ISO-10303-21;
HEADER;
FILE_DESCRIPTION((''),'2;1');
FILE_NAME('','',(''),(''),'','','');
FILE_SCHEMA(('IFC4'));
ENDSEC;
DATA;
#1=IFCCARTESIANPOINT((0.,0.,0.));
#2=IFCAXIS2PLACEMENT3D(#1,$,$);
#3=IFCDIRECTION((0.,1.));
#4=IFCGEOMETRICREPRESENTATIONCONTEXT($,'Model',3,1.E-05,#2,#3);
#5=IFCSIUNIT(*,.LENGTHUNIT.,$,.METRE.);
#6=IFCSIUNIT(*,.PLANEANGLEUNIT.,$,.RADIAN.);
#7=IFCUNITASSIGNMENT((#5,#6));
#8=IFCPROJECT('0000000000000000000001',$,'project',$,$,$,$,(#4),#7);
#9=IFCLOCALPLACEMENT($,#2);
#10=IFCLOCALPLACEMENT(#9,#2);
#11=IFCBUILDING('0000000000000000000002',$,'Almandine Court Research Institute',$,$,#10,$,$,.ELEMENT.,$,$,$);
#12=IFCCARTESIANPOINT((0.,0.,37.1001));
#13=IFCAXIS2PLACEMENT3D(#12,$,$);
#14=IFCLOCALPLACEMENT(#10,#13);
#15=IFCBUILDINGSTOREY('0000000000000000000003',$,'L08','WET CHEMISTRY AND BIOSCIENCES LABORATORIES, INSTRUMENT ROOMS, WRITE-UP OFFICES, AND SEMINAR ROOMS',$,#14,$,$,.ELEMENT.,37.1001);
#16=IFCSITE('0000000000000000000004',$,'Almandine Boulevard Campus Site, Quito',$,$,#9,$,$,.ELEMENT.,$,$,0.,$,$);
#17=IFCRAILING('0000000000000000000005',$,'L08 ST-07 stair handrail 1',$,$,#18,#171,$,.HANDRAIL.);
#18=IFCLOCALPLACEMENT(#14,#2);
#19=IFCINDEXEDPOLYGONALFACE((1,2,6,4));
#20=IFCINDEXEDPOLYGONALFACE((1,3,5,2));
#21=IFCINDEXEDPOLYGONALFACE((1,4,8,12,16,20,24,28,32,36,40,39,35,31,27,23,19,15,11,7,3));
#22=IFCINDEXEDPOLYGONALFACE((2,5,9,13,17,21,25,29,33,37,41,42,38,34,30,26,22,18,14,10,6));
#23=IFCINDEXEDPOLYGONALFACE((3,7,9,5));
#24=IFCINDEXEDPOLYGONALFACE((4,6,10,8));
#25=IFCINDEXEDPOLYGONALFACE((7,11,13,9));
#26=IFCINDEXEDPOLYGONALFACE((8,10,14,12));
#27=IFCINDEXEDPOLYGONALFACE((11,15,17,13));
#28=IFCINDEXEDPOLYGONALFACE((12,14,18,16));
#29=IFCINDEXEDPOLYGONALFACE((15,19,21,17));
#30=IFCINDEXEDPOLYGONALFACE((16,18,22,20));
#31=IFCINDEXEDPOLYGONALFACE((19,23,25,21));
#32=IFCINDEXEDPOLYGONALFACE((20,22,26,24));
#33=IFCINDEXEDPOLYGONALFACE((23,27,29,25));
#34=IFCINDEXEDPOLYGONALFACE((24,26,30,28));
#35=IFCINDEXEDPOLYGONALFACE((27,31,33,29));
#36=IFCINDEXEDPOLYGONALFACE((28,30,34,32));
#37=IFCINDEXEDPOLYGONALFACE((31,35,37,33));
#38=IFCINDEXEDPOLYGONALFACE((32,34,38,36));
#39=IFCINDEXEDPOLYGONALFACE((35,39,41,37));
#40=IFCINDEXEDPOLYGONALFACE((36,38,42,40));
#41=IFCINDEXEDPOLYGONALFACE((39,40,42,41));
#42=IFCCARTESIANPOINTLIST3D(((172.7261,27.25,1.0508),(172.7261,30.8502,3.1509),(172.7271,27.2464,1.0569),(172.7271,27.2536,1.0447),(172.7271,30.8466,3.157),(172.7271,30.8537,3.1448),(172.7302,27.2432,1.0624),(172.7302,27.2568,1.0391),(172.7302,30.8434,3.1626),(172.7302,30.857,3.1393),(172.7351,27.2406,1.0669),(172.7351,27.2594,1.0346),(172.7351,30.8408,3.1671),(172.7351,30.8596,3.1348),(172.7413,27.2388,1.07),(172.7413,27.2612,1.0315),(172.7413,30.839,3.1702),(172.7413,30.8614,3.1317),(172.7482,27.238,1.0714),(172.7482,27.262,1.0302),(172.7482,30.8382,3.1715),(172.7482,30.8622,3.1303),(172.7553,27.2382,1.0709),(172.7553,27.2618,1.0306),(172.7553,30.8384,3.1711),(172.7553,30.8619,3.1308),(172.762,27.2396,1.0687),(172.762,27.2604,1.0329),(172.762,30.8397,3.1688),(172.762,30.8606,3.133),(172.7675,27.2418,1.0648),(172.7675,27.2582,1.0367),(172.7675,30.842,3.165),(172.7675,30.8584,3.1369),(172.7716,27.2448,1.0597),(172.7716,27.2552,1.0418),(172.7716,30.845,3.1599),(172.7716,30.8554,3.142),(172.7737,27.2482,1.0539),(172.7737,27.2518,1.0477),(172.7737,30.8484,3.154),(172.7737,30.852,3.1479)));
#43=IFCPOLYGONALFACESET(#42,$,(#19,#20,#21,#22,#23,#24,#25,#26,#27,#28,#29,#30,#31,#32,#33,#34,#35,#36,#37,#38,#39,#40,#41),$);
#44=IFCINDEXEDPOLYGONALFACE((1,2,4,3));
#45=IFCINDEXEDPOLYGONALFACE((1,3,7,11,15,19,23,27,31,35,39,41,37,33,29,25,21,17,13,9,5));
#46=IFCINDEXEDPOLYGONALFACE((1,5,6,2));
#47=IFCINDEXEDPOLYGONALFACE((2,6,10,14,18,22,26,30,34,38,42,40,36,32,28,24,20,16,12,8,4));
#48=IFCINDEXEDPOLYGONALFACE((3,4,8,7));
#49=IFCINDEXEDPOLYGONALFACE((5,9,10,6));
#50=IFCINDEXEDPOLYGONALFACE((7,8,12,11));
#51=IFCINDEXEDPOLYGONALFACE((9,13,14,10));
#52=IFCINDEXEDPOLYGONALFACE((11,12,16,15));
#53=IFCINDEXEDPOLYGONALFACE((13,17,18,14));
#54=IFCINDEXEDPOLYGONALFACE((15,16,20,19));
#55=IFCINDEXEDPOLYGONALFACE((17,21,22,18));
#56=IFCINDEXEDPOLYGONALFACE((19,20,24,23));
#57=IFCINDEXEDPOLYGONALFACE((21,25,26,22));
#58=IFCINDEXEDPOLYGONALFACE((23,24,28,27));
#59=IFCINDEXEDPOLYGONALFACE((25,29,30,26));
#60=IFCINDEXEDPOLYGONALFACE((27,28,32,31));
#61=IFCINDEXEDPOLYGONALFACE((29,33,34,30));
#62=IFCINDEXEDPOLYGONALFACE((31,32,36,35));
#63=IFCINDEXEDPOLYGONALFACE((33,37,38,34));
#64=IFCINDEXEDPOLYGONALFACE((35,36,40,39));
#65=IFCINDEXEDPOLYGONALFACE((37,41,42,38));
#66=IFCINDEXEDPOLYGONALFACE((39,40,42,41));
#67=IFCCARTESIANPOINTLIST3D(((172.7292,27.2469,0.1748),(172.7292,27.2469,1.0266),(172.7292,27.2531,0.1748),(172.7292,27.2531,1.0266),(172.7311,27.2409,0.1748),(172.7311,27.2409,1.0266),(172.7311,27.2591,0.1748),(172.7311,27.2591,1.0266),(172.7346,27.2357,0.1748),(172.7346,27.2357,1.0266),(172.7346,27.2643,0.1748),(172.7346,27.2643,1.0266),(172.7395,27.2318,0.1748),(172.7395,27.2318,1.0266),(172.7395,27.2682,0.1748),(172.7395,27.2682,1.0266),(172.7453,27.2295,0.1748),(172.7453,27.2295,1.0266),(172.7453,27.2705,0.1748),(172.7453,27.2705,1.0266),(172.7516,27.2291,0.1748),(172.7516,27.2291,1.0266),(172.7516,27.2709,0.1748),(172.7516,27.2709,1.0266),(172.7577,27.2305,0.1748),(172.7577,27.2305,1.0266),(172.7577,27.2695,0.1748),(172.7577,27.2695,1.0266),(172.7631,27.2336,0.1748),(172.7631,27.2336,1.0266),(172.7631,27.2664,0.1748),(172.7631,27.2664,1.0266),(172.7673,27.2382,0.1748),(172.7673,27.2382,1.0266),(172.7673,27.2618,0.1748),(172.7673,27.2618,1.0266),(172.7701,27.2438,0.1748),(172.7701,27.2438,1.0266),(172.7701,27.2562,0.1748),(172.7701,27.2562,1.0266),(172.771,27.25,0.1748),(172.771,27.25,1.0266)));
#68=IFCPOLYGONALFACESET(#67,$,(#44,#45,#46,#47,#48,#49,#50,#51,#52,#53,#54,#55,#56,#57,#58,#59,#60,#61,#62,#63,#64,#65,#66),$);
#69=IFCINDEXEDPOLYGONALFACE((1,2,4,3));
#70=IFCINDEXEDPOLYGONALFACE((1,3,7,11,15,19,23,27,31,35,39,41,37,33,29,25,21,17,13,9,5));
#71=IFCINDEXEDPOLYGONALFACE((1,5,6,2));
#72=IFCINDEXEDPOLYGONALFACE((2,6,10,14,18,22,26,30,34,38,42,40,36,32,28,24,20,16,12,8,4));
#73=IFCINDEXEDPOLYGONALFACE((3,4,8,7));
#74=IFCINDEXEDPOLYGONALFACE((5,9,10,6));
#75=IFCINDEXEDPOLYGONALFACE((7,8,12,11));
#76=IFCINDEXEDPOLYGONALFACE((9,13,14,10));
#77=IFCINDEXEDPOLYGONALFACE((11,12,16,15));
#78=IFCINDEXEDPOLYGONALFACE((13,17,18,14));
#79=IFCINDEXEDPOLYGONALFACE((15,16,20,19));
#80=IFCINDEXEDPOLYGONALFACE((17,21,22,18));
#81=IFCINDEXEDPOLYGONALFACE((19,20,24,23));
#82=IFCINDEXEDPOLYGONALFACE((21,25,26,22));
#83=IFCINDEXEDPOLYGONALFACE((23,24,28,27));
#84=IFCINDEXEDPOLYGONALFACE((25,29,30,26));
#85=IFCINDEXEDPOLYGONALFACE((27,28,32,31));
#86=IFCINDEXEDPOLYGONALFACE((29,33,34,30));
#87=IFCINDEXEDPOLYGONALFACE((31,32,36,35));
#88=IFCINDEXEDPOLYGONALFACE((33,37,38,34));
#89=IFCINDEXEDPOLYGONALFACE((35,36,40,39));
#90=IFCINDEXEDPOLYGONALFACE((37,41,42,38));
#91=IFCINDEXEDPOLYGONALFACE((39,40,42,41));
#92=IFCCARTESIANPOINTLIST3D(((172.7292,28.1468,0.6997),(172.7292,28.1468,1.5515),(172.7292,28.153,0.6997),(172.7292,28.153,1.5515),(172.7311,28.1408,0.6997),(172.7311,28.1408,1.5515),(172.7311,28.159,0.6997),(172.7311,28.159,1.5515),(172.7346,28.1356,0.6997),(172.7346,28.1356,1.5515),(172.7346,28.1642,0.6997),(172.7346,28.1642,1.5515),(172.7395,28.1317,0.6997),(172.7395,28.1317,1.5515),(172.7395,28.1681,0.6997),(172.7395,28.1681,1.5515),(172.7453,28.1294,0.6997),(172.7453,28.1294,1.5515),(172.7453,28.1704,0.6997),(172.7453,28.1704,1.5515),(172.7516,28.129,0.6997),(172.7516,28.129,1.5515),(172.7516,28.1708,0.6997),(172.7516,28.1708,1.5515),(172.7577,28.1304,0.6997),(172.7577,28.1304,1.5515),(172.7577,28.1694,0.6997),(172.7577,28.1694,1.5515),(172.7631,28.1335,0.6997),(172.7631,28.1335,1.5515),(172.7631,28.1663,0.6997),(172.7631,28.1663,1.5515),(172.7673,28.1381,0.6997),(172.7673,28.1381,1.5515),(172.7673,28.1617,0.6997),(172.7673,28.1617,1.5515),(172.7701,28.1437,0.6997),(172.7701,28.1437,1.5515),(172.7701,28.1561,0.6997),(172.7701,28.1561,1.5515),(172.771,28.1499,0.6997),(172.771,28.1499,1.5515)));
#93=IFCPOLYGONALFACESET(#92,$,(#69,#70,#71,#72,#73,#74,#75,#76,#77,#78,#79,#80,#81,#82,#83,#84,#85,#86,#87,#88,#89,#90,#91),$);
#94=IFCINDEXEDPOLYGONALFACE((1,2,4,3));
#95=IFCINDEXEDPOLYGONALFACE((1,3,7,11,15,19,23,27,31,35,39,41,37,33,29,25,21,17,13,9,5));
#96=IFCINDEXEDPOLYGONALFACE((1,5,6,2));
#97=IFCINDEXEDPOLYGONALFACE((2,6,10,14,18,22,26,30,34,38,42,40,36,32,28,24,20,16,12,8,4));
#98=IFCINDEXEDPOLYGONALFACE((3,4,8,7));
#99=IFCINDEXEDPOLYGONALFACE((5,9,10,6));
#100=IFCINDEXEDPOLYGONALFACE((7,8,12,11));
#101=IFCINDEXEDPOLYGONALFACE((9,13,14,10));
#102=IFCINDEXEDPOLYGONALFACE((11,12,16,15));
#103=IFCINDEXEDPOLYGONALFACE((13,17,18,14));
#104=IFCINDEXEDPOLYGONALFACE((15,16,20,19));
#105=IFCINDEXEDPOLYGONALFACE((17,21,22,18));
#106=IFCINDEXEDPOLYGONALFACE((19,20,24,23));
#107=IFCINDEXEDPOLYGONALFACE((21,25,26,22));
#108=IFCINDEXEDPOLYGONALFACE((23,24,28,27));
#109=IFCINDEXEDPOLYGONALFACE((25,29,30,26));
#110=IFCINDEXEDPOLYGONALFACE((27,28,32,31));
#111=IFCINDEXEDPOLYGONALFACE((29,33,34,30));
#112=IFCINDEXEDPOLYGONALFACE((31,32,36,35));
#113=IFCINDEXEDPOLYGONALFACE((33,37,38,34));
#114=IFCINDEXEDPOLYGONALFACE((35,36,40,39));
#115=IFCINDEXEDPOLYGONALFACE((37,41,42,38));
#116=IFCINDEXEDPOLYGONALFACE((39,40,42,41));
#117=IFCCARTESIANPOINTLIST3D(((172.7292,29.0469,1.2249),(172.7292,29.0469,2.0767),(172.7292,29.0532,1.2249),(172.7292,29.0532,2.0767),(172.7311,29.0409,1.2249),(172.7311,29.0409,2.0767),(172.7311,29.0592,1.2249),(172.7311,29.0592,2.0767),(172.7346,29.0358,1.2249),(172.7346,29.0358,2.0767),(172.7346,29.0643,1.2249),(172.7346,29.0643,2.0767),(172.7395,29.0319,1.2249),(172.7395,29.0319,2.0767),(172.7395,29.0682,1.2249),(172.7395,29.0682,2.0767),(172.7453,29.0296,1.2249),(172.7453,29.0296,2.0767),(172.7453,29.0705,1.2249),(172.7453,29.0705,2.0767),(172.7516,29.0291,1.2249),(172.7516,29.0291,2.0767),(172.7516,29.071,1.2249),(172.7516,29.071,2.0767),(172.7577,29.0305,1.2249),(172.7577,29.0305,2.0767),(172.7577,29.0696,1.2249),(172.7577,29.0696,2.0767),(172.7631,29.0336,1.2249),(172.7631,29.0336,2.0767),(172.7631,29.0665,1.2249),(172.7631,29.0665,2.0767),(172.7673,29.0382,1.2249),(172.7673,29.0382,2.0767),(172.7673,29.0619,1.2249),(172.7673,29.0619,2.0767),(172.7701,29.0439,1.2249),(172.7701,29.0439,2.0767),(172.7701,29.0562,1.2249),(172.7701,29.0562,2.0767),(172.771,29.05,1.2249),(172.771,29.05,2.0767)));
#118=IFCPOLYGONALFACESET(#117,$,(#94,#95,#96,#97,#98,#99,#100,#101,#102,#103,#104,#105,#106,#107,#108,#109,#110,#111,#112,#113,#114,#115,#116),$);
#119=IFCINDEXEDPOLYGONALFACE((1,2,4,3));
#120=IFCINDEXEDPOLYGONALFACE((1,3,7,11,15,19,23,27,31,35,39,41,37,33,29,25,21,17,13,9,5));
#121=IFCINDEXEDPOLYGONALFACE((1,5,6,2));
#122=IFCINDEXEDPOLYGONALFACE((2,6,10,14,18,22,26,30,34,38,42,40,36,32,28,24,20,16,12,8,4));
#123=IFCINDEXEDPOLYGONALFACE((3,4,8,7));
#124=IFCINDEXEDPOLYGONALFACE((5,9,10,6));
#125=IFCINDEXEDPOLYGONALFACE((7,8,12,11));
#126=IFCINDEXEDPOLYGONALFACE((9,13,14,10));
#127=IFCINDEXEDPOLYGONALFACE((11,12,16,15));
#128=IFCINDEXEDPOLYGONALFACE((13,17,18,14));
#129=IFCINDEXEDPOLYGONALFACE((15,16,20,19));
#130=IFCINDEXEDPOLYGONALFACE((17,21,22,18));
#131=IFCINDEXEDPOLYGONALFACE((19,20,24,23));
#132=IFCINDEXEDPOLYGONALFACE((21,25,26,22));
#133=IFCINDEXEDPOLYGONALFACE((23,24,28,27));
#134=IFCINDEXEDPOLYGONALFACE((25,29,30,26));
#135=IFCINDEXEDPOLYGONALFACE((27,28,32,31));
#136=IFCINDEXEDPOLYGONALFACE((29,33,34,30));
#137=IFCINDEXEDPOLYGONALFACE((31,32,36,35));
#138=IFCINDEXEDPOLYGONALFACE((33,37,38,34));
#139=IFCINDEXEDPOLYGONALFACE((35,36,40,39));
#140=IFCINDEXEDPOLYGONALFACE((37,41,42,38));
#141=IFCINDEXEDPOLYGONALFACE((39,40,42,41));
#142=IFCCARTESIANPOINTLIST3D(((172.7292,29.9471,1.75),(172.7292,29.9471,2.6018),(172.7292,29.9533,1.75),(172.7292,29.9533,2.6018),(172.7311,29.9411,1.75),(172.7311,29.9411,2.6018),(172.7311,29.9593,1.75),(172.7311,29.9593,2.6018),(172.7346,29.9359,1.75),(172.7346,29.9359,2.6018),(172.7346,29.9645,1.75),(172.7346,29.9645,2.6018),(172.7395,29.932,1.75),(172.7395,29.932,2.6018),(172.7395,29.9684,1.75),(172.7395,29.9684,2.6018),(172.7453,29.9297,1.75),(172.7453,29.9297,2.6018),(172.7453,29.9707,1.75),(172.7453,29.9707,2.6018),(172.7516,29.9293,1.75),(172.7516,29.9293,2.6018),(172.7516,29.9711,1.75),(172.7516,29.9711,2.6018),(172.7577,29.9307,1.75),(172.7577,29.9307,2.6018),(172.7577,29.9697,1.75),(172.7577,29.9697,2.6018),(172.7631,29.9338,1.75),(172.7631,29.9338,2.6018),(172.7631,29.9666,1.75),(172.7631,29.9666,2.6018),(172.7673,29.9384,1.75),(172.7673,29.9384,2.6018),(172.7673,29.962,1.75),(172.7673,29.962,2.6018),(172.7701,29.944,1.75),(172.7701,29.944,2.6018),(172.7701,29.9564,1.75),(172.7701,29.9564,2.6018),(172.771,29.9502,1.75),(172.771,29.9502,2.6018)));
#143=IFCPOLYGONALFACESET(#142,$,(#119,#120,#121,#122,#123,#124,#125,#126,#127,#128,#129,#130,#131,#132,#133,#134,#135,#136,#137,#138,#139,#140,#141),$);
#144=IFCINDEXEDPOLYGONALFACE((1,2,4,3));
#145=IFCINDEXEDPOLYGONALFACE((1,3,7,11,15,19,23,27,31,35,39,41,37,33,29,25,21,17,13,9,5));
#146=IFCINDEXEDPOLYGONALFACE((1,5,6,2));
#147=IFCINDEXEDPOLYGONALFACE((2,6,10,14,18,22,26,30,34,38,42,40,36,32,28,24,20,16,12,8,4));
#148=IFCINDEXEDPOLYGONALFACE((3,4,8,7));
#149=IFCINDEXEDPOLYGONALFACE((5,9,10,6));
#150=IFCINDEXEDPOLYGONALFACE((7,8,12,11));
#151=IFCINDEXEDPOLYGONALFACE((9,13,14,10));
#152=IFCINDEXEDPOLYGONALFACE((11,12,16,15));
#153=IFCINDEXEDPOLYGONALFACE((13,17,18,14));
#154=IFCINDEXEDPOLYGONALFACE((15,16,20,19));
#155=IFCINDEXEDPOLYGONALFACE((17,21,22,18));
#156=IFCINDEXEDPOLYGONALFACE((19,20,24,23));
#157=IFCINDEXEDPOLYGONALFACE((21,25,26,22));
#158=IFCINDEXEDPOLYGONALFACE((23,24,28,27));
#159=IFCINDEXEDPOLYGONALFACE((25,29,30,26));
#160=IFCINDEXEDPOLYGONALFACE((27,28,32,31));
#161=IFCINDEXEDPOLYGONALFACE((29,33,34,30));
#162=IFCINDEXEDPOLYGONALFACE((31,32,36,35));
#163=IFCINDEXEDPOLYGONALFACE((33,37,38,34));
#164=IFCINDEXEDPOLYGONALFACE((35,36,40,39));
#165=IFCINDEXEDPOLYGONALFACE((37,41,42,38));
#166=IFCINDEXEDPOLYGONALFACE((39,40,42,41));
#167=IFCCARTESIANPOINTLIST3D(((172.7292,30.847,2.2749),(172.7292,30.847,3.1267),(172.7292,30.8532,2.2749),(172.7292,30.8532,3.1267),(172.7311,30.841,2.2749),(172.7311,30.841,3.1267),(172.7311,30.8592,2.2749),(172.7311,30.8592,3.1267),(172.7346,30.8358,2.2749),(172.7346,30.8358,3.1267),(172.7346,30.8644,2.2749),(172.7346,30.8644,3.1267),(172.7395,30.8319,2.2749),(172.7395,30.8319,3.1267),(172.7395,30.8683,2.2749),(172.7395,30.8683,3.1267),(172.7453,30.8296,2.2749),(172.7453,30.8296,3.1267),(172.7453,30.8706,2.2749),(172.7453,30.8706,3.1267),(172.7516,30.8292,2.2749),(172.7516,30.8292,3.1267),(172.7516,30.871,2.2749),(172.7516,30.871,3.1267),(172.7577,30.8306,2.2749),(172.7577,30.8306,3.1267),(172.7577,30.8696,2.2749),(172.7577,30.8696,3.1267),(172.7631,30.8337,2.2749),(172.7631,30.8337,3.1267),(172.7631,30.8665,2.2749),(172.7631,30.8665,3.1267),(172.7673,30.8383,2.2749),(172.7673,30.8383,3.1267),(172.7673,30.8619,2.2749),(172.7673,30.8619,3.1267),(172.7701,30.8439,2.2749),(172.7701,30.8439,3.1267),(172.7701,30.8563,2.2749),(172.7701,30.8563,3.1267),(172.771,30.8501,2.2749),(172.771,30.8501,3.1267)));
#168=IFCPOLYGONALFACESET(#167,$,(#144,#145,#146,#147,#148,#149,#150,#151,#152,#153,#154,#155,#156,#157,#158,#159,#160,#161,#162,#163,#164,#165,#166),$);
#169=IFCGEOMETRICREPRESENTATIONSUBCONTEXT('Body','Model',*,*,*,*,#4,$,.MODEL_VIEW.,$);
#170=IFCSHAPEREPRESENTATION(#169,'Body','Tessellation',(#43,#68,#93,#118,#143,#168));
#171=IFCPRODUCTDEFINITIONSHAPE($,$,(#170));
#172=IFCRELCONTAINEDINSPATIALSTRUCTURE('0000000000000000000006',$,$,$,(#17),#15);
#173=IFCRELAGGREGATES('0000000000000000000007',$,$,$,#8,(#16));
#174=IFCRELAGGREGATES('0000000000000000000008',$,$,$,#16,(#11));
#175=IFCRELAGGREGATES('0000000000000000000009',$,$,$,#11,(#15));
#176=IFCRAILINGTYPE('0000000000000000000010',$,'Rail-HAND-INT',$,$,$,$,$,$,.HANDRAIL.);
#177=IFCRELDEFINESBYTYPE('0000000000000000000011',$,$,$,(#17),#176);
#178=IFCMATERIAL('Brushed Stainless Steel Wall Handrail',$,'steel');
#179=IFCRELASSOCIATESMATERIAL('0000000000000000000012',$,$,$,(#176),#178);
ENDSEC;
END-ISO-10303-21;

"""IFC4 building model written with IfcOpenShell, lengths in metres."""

from ifc_helpers import new_model, si_unit, direction, frame, origin, origin_2d, place, context, subcontext, project, spatial, circle, extrude, material, type_object, element, save


model = new_model("IFC4")

# Units and contexts
model_context = context("Model", 3, precision=1e-05, world=origin(), true_north=direction((0.0, 1.0)))
body_context = subcontext(model_context, "Body", "Model", "MODEL_VIEW")
ifc_project = project(units=[si_unit("LENGTHUNIT", "METRE"), si_unit("PLANEANGLEUNIT", "RADIAN")], contexts=[model_context])

# Site, building, storey
site_placement = place(None, origin())
site = spatial("IfcSite", under=ifc_project, at=site_placement, Name="Almandine Boulevard Campus Site, Quito", CompositionType="ELEMENT", RefElevation=0.0)
building_placement = place(site_placement, origin())
building = spatial("IfcBuilding", under=site, at=building_placement, Name="Almandine Court Research Institute", CompositionType="ELEMENT")
storey_placement = place(building_placement, frame((0.0, 0.0, 37.1001)))
storey = spatial("IfcBuildingStorey", under=building, at=storey_placement, Name="L08", Description="WET CHEMISTRY AND BIOSCIENCES LABORATORIES, INSTRUMENT ROOMS, WRITE-UP OFFICES, AND SEMINAR ROOMS", CompositionType="ELEMENT", Elevation=37.1001)

# Railing
ifc_material_1 = material(Name="Brushed Stainless Steel Wall Handrail", Category="steel")
railing_type_1 = type_object("IfcRailingType", Name="Rail-HAND-INT", PredefinedType="HANDRAIL", material=ifc_material_1)
railing_1_placement = place(storey_placement, frame((172.75, 27.25, 0.1748)))
element("IfcRailing", 1, at=railing_1_placement, inside=storey, type_object=railing_type_1, Name="L08 ST-07 stair handrail 1", PredefinedType="HANDRAIL", context=body_context, shape_type="SweptSolid", body=[
    extrude(circle(Radius=0.0239, at=origin_2d()), frame((0.0, 0.0, 0.876), z_axis=(0.0, 0.863775, 0.503878), x_axis=(-1.0, 0.0, 0.0)), (0.0, 0.0, 1.0), 4.168),
    extrude(circle(Radius=0.021, at=origin_2d()), origin(), (0.0, 0.0, 1.0), 0.8518),
    extrude(circle(Radius=0.021, at=origin_2d()), frame((0.0, 0.8999, 0.5249)), (0.0, 0.0, 1.0), 0.8518),
    extrude(circle(Radius=0.021, at=origin_2d()), frame((0.0, 1.8, 1.05)), (0.0, 0.0, 1.0), 0.8518),
    extrude(circle(Radius=0.021, at=origin_2d()), frame((0.0, 2.7002, 1.5752)), (0.0, 0.0, 1.0), 0.8518),
    extrude(circle(Radius=0.021, at=origin_2d()), frame((0.0, 3.6001, 2.1001)), (0.0, 0.0, 1.0), 0.8518),
])

save(model, "model.ifc")
